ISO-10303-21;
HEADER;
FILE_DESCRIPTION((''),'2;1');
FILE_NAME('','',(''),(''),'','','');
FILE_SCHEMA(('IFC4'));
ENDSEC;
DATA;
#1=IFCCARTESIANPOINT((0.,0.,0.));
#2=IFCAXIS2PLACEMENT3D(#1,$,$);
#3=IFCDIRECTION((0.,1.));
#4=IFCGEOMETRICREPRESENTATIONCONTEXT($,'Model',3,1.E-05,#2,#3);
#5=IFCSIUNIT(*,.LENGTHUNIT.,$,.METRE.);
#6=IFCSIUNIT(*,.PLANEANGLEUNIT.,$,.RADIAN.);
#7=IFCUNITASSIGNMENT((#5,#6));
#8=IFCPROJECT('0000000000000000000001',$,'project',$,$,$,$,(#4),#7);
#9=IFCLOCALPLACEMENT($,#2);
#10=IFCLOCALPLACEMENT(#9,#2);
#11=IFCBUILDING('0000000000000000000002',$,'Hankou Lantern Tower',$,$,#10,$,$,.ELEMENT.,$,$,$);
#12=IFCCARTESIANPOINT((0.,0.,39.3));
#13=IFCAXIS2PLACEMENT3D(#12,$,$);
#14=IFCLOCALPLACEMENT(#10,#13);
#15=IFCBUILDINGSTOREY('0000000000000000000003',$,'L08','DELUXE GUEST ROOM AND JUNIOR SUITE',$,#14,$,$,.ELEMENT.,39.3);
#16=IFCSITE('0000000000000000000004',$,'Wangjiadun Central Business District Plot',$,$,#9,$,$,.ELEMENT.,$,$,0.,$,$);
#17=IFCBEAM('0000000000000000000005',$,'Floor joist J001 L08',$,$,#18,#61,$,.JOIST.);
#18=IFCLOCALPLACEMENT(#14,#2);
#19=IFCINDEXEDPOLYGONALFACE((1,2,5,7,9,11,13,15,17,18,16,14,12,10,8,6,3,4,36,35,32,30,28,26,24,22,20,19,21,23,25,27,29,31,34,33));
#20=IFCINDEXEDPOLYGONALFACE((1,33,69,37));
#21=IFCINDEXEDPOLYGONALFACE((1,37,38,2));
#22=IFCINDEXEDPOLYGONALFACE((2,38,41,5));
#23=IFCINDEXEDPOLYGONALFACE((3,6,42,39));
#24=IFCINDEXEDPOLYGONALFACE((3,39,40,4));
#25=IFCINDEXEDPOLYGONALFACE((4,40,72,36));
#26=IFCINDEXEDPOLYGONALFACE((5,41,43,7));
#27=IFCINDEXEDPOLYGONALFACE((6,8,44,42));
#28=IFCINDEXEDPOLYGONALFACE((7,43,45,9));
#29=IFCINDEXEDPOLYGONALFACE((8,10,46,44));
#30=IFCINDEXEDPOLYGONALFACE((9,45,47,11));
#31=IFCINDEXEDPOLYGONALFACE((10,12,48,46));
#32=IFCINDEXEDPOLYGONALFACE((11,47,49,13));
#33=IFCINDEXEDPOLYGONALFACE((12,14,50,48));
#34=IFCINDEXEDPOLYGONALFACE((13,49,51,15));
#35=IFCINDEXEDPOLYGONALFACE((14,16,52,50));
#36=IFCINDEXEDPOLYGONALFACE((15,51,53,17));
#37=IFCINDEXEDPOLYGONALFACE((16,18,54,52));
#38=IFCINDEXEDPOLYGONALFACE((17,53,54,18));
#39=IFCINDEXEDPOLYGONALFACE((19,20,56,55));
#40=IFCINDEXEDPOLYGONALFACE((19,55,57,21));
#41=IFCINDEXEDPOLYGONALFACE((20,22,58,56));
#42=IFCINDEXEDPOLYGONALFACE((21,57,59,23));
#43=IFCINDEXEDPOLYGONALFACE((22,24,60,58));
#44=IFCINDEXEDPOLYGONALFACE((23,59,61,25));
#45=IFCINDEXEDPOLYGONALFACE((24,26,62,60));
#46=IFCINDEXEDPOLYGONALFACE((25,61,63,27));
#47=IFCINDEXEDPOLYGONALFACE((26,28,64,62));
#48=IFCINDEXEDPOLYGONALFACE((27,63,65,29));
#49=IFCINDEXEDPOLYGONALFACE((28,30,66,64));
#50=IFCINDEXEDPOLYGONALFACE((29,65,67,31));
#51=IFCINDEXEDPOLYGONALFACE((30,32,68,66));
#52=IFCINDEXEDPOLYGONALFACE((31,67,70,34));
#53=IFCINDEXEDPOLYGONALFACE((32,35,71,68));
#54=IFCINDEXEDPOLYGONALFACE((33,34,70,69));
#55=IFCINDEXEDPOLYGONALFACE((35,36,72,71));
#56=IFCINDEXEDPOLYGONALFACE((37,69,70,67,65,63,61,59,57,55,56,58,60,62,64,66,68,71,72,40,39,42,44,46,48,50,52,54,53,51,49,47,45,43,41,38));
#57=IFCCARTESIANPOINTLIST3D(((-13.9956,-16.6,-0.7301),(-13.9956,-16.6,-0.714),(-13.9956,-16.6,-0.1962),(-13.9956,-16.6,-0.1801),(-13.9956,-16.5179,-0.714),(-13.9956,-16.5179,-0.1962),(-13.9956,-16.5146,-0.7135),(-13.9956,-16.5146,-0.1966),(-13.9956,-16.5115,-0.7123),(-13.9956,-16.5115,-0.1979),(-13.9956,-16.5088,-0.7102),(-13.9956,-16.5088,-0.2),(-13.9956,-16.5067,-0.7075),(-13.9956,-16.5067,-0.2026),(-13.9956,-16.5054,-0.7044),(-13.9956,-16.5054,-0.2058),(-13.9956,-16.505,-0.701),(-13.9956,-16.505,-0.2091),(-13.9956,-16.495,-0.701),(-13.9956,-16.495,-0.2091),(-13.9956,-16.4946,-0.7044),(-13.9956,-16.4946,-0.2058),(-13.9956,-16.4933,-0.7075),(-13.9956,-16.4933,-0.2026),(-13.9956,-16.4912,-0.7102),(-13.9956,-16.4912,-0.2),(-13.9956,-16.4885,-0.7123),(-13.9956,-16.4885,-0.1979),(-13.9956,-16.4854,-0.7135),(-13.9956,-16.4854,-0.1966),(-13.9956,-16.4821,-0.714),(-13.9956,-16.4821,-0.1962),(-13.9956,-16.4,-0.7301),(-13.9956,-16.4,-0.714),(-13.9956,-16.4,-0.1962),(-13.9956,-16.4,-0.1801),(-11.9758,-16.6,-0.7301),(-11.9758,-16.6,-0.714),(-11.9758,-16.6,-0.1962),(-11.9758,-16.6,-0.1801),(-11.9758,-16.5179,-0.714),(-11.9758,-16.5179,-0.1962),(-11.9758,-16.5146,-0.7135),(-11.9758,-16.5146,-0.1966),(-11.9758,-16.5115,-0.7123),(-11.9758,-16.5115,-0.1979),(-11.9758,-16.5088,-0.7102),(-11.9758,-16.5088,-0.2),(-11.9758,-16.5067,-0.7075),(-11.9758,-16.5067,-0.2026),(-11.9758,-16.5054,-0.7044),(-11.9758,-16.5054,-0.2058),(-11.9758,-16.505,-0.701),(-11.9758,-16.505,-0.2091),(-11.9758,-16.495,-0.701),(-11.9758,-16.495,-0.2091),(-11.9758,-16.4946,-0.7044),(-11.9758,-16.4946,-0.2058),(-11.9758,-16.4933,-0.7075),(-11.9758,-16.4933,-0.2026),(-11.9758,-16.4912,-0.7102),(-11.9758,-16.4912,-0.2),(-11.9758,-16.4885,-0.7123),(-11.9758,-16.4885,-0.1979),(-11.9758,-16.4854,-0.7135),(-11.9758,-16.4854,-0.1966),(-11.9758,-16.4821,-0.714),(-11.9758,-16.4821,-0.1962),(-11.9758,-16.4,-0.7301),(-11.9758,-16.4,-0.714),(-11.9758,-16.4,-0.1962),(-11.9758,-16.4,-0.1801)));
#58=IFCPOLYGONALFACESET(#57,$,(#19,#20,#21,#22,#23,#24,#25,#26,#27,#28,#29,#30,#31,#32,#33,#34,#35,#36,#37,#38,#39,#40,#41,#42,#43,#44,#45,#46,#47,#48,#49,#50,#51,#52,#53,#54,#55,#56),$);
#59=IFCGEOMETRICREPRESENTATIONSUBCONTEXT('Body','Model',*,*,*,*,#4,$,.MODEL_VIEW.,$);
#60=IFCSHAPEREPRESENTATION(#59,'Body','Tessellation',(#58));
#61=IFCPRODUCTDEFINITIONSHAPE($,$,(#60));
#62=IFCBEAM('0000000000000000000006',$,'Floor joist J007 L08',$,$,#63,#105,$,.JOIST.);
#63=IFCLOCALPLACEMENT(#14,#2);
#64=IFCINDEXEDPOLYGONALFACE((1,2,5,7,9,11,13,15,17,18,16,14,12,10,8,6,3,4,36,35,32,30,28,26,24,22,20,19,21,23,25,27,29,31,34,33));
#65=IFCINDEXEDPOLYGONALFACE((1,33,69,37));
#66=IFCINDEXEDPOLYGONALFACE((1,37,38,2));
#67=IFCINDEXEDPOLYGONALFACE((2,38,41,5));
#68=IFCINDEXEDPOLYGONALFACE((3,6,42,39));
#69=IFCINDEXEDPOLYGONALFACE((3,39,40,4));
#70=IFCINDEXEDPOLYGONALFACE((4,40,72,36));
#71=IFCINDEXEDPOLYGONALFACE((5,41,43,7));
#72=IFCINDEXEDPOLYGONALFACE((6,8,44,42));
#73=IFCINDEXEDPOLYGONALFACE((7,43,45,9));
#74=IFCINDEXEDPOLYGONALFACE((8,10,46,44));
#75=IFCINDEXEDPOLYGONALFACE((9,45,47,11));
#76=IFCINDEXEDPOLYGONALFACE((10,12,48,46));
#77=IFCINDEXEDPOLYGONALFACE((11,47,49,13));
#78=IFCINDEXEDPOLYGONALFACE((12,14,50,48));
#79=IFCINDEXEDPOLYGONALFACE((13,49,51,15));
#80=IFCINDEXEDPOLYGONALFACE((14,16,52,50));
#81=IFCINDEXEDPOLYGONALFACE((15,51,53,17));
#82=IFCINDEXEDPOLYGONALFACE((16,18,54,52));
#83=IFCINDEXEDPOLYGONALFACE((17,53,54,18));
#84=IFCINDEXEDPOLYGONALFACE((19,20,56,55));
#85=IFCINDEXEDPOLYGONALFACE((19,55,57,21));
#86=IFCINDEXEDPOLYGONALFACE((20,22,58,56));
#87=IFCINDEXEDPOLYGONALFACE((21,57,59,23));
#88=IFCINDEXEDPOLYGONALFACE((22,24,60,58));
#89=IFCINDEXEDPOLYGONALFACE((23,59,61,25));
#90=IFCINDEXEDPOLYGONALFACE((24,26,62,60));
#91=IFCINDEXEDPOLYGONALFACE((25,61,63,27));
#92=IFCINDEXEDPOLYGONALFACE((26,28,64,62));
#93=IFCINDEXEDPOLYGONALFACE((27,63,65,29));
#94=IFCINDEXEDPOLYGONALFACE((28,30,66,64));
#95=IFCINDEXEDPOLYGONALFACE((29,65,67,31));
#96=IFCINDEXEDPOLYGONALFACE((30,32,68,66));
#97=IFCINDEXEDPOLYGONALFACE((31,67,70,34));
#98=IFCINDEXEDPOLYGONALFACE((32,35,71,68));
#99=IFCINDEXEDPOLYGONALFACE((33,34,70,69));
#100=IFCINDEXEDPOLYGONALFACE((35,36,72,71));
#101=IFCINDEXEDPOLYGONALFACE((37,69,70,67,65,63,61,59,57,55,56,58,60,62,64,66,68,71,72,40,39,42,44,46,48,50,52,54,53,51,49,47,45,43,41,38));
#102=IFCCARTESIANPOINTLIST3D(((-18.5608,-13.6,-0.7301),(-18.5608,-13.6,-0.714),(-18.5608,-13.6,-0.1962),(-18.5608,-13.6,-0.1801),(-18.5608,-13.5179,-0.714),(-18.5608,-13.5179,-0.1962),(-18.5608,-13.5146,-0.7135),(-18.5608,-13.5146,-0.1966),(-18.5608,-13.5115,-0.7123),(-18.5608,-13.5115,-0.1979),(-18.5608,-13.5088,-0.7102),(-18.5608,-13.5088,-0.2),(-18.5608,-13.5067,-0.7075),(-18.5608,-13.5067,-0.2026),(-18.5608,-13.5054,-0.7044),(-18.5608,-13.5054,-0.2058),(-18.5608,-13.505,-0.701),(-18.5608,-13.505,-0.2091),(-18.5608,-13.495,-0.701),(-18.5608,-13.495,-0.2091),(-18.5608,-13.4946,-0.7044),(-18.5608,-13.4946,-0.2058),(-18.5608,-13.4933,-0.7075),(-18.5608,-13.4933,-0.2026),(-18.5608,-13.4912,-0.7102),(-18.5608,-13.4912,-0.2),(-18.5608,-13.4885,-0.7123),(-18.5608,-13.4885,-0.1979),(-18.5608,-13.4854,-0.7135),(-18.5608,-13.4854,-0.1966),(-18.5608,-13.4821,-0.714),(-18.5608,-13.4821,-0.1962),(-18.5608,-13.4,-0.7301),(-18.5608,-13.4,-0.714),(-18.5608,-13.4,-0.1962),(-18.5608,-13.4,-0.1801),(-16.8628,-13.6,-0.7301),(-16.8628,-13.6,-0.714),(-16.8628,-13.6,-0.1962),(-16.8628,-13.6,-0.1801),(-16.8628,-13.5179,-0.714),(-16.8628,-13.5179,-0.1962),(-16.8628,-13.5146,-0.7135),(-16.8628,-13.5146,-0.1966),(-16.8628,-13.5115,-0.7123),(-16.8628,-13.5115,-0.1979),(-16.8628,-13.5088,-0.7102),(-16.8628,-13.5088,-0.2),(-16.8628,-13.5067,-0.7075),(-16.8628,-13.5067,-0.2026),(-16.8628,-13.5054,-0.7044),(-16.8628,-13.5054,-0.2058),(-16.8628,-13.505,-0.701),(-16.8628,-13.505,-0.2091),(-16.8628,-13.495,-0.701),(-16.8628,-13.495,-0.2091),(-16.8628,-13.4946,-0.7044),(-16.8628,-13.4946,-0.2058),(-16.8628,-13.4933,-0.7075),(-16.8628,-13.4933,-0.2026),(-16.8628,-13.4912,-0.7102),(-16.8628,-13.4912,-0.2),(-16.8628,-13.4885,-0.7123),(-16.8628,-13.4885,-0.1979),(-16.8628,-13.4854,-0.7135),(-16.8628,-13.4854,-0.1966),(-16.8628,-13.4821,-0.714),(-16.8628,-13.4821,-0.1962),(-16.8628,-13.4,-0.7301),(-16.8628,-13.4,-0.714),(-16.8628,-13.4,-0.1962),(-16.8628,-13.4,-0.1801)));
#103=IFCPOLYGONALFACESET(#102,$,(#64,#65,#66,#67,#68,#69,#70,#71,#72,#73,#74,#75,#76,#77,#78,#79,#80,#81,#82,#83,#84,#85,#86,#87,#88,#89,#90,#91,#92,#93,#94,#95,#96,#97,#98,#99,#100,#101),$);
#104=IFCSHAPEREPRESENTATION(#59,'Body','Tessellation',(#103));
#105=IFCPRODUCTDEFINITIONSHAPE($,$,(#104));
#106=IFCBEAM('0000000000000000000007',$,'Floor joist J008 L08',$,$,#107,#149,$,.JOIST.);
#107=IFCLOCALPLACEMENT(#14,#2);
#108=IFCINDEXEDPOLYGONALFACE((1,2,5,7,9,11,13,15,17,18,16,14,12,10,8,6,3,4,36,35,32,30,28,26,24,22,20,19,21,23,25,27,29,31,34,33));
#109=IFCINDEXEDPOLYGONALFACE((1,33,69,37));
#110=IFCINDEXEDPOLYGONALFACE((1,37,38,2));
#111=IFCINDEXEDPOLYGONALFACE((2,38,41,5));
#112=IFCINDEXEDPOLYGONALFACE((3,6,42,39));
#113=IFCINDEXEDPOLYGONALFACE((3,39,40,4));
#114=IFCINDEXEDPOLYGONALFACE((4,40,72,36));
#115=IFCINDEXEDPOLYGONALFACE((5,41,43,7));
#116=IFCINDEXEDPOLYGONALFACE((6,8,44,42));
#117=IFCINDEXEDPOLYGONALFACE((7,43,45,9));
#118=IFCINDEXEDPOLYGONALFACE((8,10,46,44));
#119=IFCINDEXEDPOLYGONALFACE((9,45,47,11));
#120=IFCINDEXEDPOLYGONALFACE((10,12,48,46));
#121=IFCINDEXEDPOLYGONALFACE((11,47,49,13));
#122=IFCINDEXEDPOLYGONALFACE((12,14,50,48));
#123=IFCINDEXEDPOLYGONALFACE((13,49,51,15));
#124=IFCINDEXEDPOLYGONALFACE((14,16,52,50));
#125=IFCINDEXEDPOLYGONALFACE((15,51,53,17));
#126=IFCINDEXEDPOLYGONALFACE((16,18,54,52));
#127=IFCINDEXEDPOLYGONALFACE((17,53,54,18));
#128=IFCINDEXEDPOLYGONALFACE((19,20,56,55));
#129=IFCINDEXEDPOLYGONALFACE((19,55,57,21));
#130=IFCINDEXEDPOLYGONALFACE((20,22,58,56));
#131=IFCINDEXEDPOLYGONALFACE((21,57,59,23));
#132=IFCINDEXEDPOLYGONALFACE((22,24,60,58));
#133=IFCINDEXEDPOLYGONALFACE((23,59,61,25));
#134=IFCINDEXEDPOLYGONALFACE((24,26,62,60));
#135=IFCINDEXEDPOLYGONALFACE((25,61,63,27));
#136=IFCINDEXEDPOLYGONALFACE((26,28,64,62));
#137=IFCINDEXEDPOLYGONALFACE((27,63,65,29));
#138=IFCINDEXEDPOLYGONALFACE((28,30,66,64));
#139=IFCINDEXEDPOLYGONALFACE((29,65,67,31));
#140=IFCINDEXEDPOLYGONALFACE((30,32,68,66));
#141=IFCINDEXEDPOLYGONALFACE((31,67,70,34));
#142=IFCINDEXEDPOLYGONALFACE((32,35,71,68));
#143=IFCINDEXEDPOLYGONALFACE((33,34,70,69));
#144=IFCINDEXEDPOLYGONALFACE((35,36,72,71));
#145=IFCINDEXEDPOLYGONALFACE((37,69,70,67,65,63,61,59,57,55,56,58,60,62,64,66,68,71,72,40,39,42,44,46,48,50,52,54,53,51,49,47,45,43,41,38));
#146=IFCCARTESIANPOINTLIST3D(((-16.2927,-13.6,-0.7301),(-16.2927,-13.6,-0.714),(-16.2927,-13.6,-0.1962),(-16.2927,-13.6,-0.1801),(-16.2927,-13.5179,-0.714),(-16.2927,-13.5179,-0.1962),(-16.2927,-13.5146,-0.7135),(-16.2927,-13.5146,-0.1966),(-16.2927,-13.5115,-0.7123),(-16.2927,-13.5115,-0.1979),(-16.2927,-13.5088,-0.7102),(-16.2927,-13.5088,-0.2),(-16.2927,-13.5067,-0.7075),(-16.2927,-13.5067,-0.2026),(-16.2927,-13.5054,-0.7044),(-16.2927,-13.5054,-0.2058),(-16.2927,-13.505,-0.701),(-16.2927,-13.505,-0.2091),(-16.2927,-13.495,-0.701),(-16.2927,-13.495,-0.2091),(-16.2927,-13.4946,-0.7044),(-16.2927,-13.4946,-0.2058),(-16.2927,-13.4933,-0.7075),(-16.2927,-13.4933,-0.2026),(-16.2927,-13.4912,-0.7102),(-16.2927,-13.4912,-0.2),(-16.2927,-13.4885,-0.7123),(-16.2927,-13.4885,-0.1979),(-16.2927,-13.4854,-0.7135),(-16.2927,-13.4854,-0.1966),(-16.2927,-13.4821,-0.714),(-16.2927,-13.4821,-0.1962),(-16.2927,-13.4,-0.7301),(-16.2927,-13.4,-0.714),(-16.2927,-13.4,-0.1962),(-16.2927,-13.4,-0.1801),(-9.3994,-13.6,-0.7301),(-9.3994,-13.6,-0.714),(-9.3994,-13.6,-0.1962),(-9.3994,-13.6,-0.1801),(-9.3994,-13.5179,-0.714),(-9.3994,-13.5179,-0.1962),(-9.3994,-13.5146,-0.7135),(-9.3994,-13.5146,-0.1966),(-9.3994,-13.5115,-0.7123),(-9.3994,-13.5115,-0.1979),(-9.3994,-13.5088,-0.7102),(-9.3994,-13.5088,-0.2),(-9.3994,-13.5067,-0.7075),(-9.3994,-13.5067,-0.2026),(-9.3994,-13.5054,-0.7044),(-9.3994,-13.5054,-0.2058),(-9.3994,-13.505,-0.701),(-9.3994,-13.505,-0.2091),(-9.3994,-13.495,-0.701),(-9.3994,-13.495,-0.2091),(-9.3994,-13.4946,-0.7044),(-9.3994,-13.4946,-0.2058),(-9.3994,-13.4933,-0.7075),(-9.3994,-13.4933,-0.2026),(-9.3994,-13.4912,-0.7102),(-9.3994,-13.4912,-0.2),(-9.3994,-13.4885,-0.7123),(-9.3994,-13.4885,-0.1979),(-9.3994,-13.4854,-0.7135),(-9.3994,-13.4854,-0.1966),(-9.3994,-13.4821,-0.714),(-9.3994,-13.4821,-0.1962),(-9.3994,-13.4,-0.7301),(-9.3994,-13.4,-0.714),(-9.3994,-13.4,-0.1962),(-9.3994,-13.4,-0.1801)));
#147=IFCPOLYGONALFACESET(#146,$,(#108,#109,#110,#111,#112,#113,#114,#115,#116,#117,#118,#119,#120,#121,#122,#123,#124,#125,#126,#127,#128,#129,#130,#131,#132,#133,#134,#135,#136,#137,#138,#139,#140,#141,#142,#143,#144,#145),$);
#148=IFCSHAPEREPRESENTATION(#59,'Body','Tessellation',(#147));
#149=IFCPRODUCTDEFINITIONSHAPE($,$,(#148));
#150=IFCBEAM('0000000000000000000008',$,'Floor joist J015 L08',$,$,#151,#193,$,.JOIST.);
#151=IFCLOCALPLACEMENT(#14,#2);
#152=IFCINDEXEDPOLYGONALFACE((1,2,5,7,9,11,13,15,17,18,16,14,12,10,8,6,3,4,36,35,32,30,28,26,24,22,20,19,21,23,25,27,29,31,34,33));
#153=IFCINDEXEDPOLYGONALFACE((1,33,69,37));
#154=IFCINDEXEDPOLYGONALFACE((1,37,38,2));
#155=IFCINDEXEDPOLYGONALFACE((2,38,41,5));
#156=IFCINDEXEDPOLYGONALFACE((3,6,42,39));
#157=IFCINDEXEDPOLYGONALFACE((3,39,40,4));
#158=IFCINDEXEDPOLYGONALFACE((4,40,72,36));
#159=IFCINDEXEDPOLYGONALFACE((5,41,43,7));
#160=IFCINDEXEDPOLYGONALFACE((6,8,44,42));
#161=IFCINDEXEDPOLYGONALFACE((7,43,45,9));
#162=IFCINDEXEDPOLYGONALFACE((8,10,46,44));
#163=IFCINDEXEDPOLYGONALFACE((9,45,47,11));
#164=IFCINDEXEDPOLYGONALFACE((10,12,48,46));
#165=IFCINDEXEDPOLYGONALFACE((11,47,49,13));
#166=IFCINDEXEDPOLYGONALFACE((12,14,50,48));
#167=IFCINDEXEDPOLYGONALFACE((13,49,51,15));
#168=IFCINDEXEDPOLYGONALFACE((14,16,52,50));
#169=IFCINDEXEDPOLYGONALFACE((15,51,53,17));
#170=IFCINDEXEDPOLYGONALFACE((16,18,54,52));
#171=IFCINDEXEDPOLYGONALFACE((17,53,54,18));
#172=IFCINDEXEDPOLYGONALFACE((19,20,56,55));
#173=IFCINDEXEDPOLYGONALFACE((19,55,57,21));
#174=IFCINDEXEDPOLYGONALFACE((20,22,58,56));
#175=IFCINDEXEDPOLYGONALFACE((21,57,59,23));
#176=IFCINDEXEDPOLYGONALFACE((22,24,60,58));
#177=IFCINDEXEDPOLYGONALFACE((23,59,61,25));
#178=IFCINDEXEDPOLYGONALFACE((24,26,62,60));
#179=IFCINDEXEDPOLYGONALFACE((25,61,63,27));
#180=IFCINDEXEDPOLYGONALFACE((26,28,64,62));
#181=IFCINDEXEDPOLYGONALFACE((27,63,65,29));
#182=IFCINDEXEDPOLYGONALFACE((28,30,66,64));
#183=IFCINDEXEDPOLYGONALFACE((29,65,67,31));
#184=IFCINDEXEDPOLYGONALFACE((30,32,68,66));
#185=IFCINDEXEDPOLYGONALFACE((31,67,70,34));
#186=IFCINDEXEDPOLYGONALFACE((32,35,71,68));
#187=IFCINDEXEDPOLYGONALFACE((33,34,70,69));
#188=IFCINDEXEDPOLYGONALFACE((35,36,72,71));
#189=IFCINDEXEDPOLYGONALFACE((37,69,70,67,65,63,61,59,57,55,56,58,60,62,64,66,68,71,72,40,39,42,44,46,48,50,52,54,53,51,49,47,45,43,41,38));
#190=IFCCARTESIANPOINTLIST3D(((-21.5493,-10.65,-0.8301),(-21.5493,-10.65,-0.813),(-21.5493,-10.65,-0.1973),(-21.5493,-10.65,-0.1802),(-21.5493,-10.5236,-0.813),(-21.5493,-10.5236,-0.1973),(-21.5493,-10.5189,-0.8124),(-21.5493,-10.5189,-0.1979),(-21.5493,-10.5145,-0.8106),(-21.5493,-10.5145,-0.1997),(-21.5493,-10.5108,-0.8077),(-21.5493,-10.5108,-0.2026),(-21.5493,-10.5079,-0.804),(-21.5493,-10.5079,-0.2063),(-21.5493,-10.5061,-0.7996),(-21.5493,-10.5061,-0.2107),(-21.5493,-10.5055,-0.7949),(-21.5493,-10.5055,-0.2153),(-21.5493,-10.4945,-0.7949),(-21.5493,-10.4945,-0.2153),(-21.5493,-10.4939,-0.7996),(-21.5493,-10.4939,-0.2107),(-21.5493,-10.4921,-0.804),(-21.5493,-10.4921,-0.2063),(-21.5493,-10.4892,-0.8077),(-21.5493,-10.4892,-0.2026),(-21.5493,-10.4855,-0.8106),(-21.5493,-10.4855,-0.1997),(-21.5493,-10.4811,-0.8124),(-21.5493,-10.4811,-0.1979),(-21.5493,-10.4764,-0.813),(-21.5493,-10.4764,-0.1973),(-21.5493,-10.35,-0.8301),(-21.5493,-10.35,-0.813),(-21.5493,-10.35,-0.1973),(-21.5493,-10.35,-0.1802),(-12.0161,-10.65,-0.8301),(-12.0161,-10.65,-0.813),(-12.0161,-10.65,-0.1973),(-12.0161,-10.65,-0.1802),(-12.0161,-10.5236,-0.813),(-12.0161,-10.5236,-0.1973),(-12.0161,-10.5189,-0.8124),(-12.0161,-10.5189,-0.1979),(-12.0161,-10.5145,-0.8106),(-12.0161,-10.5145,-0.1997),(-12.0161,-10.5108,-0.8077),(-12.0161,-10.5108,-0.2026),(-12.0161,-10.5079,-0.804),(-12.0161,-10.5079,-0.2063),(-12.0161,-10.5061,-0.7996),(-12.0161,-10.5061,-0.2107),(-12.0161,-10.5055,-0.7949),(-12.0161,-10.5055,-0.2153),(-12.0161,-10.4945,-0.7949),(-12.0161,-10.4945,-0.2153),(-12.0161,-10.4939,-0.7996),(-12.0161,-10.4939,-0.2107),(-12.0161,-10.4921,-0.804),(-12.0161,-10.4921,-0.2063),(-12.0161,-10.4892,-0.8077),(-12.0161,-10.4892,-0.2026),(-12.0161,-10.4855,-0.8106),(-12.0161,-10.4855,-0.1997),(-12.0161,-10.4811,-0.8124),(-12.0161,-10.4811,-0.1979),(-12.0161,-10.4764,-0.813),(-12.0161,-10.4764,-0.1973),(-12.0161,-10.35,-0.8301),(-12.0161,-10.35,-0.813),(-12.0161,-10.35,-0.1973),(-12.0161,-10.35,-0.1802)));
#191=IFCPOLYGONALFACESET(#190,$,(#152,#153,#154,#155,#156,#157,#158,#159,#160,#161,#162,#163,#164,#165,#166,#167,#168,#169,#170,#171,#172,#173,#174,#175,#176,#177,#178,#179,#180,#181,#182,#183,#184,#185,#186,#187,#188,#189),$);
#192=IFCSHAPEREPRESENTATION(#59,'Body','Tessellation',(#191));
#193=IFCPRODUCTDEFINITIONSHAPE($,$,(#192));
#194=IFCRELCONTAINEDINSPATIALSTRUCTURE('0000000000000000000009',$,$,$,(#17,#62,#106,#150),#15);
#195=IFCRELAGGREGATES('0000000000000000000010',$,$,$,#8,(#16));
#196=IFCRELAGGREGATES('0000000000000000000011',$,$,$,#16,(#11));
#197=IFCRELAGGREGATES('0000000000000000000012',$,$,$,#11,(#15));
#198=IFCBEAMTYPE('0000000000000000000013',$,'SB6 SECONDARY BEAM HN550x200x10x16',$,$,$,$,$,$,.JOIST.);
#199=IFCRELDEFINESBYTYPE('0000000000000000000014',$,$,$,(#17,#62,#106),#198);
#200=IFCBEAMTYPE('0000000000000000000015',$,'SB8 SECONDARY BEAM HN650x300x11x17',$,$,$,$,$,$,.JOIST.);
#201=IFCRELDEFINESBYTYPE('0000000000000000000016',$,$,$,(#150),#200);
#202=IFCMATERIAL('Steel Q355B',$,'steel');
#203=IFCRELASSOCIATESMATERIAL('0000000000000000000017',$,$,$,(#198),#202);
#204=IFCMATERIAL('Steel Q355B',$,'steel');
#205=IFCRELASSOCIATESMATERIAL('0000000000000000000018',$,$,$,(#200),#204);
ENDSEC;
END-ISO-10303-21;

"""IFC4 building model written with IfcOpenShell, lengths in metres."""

from ifc_helpers import new_model, si_unit, direction, frame, origin, origin_2d, place, context, subcontext, project, spatial, i_section, extrude, material, material_profile, profile_set, type_object, element, save


model = new_model("IFC4")

# Units and contexts
model_context = context("Model", 3, precision=1e-05, world=origin(), true_north=direction((0.0, 1.0)))
body_context = subcontext(model_context, "Body", "Model", "MODEL_VIEW")
ifc_project = project(units=[si_unit("LENGTHUNIT", "METRE"), si_unit("PLANEANGLEUNIT", "RADIAN")], contexts=[model_context])

# Site, building, storey
site_placement = place(None, origin())
site = spatial("IfcSite", under=ifc_project, at=site_placement, Name="Wangjiadun Central Business District Plot", CompositionType="ELEMENT", RefElevation=0.0)
building_placement = place(site_placement, origin())
building = spatial("IfcBuilding", under=site, at=building_placement, Name="Hankou Lantern Tower", CompositionType="ELEMENT")
storey_placement = place(building_placement, frame((0.0, 0.0, 39.3)))
storey = spatial("IfcBuildingStorey", under=building, at=storey_placement, Name="L08", Description="DELUXE GUEST ROOM AND JUNIOR SUITE", CompositionType="ELEMENT", Elevation=39.3)

# Beams
ifc_material_1 = material(Name="Steel Q355B", Category="steel")
ifc_material_profile_1 = material_profile(ifc_material_1, i_section(OverallWidth=0.2, OverallDepth=0.55, WebThickness=0.01, FlangeThickness=0.0161, FilletRadius=0.0129, at=origin_2d()), Name="HN550x200x10x16")
ifc_profile_set_1 = profile_set([ifc_material_profile_1], Name="Steel Q355B")
beam_type_1 = type_object("IfcBeamType", Name="SB6 SECONDARY BEAM HN550x200x10x16", PredefinedType="JOIST", material=ifc_profile_set_1)
beam_1_placement = place(storey_placement, frame((-13.9956, -16.5, -0.4551), z_axis=(1.0, 0.0, 0.0), x_axis=(0.0, 1.0, 0.0)))
element("IfcBeam", 1, at=beam_1_placement, inside=storey, type_object=beam_type_1, Name="Floor joist J001 L08", PredefinedType="JOIST", context=body_context, shape_type="SweptSolid", body=[
    extrude(i_section(OverallWidth=0.2, OverallDepth=0.55, WebThickness=0.01, FlangeThickness=0.0161, FilletRadius=0.0129, at=origin_2d()), origin(), (0.0, 0.0, 1.0), 2.0198),
])
beam_2_placement = place(storey_placement, frame((-18.5608, -13.5, -0.4551), z_axis=(1.0, 0.0, 0.0), x_axis=(0.0, 1.0, 0.0)))
element("IfcBeam", 2, at=beam_2_placement, inside=storey, type_object=beam_type_1, Name="Floor joist J007 L08", PredefinedType="JOIST", context=body_context, shape_type="SweptSolid", body=[
    extrude(i_section(OverallWidth=0.2, OverallDepth=0.55, WebThickness=0.01, FlangeThickness=0.0161, FilletRadius=0.0129, at=origin_2d()), origin(), (0.0, 0.0, 1.0), 1.698),
])
beam_3_placement = place(storey_placement, frame((-16.2927, -13.5, -0.4551), z_axis=(1.0, 0.0, 0.0), x_axis=(0.0, 1.0, 0.0)))
element("IfcBeam", 3, at=beam_3_placement, inside=storey, type_object=beam_type_1, Name="Floor joist J008 L08", PredefinedType="JOIST", context=body_context, shape_type="SweptSolid", body=[
    extrude(i_section(OverallWidth=0.2, OverallDepth=0.55, WebThickness=0.01, FlangeThickness=0.0161, FilletRadius=0.0129, at=origin_2d()), origin(), (0.0, 0.0, 1.0), 6.8933),
])
ifc_material_2 = material(Name="Steel Q355B", Category="steel")
ifc_material_profile_2 = material_profile(ifc_material_2, i_section(OverallWidth=0.3, OverallDepth=0.6499, WebThickness=0.011, FlangeThickness=0.0171, FilletRadius=0.0181, at=origin_2d()), Name="HN650x300x11x17")
ifc_profile_set_2 = profile_set([ifc_material_profile_2], Name="Steel Q355B")
beam_type_2 = type_object("IfcBeamType", Name="SB8 SECONDARY BEAM HN650x300x11x17", PredefinedType="JOIST", material=ifc_profile_set_2)
beam_4_placement = place(storey_placement, frame((-21.5493, -10.5, -0.5051), z_axis=(1.0, 0.0, 0.0), x_axis=(0.0, 1.0, 0.0)))
element("IfcBeam", 4, at=beam_4_placement, inside=storey, type_object=beam_type_2, Name="Floor joist J015 L08", PredefinedType="JOIST", context=body_context, shape_type="SweptSolid", body=[
    extrude(i_section(OverallWidth=0.3, OverallDepth=0.6499, WebThickness=0.011, FlangeThickness=0.0171, FilletRadius=0.0181, at=origin_2d()), origin(), (0.0, 0.0, 1.0), 9.5332),
])

save(model, "model.ifc")
